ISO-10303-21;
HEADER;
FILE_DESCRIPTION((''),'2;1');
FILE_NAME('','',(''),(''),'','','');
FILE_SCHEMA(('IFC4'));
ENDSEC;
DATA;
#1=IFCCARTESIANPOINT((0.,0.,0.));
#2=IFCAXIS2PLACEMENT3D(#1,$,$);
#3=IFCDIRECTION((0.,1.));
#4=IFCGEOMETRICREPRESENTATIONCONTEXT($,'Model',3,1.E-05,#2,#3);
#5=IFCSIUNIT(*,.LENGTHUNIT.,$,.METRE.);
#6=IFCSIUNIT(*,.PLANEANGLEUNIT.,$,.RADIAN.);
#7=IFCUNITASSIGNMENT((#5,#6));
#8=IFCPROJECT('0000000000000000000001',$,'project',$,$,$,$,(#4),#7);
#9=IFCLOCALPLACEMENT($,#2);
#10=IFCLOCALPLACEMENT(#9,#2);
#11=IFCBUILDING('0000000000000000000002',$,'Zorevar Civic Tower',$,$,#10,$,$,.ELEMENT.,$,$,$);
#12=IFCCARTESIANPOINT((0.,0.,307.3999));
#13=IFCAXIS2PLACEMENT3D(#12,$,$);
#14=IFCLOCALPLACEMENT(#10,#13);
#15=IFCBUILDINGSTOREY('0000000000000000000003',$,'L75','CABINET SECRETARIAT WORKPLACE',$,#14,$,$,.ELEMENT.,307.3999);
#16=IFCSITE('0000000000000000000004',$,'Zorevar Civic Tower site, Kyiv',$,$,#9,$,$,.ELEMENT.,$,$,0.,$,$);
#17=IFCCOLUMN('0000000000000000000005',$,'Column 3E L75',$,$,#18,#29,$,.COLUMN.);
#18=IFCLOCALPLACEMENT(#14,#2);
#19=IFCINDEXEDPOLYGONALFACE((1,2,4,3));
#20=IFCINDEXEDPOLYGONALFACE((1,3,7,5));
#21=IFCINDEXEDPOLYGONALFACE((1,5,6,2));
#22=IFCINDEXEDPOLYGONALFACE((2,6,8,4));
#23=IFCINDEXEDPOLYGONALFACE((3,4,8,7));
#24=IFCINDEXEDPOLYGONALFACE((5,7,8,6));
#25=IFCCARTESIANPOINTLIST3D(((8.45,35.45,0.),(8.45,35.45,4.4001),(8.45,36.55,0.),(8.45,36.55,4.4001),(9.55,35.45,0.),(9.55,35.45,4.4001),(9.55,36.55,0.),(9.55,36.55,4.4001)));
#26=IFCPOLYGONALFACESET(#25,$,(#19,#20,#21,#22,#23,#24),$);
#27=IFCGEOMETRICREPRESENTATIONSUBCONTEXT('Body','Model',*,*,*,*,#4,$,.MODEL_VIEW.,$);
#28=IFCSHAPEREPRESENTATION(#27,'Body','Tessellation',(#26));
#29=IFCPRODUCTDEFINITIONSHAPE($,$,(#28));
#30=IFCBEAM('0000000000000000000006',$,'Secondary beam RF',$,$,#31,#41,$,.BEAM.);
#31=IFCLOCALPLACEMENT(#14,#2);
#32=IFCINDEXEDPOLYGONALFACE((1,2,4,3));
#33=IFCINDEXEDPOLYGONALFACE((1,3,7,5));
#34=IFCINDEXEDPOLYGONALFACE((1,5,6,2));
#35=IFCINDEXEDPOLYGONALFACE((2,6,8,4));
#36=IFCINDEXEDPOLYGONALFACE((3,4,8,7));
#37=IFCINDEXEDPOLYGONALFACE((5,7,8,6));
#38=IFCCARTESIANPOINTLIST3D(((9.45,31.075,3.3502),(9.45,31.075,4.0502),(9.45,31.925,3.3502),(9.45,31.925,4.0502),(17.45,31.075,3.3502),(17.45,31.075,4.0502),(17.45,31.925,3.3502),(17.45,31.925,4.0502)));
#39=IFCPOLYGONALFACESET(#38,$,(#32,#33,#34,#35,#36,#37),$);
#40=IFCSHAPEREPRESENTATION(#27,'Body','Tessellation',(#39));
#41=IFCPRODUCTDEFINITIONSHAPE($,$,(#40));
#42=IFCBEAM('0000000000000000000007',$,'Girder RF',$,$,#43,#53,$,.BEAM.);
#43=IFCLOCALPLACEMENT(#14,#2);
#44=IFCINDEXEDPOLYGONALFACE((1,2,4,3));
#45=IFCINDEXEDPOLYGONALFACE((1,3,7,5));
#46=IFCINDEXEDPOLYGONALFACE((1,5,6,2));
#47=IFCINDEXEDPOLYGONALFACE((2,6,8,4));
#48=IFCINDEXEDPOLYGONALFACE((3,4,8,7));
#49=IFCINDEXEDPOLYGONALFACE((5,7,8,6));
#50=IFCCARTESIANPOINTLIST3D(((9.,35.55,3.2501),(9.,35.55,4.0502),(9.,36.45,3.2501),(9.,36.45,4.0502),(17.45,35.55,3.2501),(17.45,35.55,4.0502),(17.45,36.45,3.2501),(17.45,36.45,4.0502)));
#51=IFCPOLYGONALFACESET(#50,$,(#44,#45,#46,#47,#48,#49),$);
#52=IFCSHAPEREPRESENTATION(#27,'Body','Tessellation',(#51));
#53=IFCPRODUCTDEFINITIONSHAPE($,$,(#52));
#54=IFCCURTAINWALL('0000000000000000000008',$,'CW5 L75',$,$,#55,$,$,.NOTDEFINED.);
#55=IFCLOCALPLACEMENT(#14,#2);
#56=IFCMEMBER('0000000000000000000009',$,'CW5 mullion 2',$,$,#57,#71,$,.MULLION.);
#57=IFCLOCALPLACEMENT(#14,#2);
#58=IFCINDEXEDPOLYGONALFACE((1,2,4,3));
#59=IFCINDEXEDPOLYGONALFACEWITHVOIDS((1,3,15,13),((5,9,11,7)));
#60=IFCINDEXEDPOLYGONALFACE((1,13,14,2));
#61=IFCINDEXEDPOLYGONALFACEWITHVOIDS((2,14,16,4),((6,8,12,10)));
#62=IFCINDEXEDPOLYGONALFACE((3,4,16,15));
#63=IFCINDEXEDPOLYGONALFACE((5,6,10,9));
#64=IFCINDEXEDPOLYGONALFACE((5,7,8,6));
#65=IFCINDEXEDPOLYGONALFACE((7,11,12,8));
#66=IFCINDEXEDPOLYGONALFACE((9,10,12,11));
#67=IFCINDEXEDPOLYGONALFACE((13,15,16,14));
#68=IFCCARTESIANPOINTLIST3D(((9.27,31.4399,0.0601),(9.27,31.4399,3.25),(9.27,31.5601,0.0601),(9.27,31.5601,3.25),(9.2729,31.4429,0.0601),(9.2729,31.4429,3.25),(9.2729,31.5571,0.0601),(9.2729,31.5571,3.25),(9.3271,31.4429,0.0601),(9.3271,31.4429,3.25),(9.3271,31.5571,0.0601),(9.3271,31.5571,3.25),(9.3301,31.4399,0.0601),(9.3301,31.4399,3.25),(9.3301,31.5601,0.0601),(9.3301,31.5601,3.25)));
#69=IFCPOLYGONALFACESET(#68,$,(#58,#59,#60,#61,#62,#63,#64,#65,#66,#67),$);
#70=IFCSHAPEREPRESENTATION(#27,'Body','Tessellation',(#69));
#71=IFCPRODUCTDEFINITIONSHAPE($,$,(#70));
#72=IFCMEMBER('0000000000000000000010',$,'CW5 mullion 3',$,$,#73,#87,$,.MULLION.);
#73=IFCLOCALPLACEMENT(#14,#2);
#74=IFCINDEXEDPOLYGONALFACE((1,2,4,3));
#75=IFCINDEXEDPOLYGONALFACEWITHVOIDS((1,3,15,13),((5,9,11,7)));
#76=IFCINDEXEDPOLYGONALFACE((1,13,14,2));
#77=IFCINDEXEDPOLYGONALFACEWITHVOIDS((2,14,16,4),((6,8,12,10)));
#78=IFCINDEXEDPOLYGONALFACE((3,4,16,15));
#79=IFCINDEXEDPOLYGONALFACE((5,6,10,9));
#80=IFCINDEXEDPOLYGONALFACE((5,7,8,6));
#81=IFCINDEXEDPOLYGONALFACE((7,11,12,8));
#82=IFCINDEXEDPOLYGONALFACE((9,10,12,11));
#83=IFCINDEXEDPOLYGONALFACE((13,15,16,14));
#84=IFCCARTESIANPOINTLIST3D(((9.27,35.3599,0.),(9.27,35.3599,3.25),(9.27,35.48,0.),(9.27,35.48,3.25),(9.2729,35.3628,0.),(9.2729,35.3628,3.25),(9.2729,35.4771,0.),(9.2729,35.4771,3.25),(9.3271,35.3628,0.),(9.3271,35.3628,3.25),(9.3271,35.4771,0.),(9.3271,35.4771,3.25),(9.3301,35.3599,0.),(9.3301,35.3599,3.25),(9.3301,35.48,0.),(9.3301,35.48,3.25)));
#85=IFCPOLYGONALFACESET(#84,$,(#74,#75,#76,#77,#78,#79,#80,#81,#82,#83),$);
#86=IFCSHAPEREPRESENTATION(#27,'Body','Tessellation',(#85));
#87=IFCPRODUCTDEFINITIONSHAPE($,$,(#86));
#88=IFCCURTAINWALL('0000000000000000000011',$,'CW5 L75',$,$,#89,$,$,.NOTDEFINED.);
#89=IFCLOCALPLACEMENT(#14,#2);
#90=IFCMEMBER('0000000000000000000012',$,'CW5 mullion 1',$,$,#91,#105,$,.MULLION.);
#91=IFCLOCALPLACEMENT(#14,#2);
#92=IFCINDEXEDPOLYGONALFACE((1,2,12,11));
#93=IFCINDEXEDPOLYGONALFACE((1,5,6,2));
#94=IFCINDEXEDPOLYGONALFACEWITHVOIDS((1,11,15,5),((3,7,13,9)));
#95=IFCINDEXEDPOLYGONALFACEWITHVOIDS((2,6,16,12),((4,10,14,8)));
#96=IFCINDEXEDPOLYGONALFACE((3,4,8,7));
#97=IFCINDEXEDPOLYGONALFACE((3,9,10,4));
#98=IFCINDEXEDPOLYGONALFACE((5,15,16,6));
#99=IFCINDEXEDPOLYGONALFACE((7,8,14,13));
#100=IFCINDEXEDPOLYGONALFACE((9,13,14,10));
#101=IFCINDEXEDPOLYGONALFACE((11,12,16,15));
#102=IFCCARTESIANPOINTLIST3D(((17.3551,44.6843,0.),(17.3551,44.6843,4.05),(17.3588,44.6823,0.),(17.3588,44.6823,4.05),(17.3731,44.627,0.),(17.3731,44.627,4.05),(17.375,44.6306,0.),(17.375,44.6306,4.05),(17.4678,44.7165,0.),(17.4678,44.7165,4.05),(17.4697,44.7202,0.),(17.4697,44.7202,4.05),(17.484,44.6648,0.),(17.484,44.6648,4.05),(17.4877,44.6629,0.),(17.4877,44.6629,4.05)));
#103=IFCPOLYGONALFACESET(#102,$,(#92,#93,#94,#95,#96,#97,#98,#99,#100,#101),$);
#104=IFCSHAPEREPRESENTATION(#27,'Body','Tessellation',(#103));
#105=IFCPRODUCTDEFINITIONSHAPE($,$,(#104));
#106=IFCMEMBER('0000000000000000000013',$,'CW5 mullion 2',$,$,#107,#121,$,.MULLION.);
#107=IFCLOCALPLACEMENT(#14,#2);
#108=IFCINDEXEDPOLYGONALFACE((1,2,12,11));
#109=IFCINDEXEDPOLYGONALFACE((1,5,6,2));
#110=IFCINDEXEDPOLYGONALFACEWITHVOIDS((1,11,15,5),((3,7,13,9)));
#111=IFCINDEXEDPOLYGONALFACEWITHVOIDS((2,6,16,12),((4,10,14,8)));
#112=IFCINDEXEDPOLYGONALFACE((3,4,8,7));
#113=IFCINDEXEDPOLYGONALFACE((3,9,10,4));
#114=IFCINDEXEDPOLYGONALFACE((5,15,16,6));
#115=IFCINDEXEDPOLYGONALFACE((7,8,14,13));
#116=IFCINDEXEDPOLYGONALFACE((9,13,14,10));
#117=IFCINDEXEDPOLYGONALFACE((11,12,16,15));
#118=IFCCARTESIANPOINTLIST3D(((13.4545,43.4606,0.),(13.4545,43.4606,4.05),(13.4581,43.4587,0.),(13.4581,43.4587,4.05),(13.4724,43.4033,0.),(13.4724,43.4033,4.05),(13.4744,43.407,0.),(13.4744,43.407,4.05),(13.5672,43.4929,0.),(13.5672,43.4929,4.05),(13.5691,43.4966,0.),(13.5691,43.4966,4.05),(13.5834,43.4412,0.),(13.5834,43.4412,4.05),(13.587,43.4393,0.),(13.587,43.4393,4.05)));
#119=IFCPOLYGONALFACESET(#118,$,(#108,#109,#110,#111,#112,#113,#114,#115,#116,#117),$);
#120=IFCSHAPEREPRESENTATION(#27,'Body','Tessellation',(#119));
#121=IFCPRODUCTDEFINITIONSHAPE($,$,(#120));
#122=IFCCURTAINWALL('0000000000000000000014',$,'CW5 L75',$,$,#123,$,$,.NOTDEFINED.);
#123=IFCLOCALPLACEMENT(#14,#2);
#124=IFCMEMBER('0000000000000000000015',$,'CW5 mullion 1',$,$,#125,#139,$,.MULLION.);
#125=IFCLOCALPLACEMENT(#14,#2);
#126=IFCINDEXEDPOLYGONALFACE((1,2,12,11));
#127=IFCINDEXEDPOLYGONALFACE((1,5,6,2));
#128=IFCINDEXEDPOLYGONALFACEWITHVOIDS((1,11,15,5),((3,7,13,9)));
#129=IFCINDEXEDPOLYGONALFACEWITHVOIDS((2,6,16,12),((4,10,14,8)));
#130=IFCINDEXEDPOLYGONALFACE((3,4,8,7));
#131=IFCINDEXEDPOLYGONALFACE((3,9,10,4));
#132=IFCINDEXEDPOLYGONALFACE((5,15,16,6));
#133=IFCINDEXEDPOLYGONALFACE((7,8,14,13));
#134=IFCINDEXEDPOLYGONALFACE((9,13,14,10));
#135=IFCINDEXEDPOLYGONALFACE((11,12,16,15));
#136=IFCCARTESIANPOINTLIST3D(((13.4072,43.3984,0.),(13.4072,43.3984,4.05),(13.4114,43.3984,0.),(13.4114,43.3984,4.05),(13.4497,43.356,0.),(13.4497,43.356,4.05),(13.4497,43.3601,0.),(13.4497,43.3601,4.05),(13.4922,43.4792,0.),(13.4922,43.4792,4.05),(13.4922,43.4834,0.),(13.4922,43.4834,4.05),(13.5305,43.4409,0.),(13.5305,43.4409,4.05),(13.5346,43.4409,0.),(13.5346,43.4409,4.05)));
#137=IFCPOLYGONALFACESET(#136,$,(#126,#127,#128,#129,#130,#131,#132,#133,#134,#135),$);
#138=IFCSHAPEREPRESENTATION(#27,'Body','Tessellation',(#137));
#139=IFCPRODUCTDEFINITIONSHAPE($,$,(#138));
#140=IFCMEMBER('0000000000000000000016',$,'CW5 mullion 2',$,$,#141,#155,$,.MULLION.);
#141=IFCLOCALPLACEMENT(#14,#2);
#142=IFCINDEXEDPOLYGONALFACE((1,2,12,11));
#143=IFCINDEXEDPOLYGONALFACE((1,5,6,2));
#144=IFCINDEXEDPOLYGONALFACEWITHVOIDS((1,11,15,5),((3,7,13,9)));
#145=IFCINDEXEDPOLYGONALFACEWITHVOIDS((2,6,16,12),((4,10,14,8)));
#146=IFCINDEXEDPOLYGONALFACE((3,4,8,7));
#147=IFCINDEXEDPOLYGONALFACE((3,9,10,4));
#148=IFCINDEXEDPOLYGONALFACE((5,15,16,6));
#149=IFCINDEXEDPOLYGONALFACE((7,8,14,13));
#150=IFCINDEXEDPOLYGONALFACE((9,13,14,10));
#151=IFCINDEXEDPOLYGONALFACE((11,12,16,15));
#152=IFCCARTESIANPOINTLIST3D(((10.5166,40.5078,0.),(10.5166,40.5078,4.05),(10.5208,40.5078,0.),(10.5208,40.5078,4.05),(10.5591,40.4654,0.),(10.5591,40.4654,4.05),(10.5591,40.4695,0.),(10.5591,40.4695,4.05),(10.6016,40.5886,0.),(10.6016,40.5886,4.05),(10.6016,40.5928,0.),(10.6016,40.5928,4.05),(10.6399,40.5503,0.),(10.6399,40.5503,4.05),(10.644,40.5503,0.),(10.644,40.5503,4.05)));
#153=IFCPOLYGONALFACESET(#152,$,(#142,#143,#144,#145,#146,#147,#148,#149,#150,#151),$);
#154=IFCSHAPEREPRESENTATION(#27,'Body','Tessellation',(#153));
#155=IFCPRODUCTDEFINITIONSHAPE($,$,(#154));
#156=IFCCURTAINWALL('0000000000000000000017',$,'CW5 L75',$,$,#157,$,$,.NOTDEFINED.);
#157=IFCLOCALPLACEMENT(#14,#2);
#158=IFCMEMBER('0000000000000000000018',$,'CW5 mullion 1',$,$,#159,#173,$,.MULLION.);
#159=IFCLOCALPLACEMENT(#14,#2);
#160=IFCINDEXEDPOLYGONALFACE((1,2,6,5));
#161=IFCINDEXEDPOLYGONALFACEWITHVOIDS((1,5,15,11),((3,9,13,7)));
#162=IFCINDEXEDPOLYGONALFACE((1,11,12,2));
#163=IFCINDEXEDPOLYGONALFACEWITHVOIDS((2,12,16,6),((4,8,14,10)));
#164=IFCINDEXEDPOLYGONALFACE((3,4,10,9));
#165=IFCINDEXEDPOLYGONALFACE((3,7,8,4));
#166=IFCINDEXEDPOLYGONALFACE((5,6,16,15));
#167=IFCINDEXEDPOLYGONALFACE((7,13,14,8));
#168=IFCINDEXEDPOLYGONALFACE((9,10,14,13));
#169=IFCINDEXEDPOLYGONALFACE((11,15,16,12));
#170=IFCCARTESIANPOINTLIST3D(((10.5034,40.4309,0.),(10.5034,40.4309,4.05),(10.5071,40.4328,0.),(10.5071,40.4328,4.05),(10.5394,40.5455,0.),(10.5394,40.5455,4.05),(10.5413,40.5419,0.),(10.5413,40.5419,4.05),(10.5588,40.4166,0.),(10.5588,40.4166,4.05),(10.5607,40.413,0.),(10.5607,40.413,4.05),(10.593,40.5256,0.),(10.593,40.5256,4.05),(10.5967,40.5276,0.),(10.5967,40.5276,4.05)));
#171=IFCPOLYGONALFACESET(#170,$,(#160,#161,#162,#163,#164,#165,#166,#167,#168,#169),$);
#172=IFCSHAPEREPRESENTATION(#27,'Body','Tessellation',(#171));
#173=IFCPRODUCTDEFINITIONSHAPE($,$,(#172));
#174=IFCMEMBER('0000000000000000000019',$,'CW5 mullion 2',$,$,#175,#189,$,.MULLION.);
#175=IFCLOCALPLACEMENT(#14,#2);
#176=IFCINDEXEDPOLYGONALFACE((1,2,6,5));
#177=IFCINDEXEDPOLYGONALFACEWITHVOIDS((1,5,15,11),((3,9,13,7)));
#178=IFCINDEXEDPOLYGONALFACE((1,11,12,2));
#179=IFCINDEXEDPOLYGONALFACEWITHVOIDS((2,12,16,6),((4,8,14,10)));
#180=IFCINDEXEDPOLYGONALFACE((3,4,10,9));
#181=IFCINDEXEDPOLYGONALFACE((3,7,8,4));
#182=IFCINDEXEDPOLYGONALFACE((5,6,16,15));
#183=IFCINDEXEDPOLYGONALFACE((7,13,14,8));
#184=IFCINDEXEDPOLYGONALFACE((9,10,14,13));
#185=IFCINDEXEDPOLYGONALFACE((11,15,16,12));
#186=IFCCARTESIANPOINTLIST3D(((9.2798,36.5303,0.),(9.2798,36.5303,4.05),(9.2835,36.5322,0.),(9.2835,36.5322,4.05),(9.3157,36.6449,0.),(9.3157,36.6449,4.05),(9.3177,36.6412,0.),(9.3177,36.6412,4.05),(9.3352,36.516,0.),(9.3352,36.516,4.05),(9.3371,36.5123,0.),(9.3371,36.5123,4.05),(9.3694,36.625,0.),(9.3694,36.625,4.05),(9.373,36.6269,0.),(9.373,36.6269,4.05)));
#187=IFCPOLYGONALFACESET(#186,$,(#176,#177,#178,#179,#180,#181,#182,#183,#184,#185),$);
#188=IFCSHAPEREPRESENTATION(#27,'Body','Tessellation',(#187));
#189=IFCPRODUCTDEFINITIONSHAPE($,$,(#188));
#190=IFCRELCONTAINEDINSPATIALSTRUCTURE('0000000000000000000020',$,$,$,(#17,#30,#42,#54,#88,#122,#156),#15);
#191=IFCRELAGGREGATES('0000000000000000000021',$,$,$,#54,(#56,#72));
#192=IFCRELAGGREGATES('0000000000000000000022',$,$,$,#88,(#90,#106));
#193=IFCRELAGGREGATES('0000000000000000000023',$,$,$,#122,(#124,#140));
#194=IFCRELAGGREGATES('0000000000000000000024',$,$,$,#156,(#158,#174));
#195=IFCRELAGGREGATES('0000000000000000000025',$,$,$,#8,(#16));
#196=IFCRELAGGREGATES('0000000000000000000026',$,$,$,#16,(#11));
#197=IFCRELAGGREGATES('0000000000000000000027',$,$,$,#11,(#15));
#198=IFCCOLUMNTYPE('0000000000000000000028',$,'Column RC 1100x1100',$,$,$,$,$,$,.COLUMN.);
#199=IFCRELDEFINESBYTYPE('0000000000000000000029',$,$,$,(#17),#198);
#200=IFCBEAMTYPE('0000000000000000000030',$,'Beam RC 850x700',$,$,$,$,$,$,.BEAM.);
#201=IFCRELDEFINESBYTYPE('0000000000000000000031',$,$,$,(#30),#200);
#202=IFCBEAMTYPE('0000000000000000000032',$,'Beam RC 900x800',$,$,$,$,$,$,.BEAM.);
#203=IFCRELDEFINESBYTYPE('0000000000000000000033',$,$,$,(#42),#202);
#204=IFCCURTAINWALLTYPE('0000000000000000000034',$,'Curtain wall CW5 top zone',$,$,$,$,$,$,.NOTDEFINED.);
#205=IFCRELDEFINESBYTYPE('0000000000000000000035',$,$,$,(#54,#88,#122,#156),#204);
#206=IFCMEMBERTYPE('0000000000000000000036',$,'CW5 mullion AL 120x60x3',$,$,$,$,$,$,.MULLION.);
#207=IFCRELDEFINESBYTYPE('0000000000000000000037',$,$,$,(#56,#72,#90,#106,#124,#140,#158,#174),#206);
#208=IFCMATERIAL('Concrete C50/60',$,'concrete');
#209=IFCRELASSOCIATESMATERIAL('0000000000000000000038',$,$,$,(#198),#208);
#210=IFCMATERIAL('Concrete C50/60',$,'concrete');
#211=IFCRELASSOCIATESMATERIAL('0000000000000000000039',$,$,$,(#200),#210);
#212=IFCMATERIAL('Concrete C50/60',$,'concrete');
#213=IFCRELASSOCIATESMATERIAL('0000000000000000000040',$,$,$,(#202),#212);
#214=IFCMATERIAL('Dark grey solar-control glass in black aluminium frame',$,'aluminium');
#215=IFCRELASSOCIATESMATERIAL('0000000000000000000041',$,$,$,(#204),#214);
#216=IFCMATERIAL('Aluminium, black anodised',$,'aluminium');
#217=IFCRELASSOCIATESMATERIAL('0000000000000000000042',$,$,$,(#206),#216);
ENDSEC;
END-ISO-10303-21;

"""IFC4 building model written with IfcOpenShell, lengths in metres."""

from ifc_helpers import new_model, si_unit, direction, frame, origin, origin_2d, place, context, subcontext, project, spatial, rectangle, hollow_rectangle, extrude, material, material_profile, profile_set, type_object, element, aggregate, save


model = new_model("IFC4")

# Units and contexts
model_context = context("Model", 3, precision=1e-05, world=origin(), true_north=direction((0.0, 1.0)))
body_context = subcontext(model_context, "Body", "Model", "MODEL_VIEW")
ifc_project = project(units=[si_unit("LENGTHUNIT", "METRE"), si_unit("PLANEANGLEUNIT", "RADIAN")], contexts=[model_context])

# Site, building, storey
site_placement = place(None, origin())
site = spatial("IfcSite", under=ifc_project, at=site_placement, Name="Zorevar Civic Tower site, Kyiv", CompositionType="ELEMENT", RefElevation=0.0)
building_placement = place(site_placement, origin())
building = spatial("IfcBuilding", under=site, at=building_placement, Name="Zorevar Civic Tower", CompositionType="ELEMENT")
storey_placement = place(building_placement, frame((0.0, 0.0, 307.3999)))
storey = spatial("IfcBuildingStorey", under=building, at=storey_placement, Name="L75", Description="CABINET SECRETARIAT WORKPLACE", CompositionType="ELEMENT", Elevation=307.3999)

# Column
ifc_material_1 = material(Name="Concrete C50/60", Category="concrete")
ifc_material_profile_1 = material_profile(ifc_material_1, rectangle(XDim=1.1001, YDim=1.1001, at=origin_2d()), Name="RC 1100x1100")
ifc_profile_set_1 = profile_set([ifc_material_profile_1], Name="Concrete C50/60")
column_type = type_object("IfcColumnType", Name="Column RC 1100x1100", PredefinedType="COLUMN", material=ifc_profile_set_1)
column_placement = place(storey_placement, frame((9.0, 36.0, 0.0), z_axis=(0.0, 0.0, 1.0), x_axis=(1.0, 0.0, 0.0)))
element("IfcColumn", 1, at=column_placement, inside=storey, type_object=column_type, Name="Column 3E L75", PredefinedType="COLUMN", context=body_context, shape_type="SweptSolid", body=[
    extrude(rectangle(XDim=1.1001, YDim=1.1001, at=origin_2d()), origin(), (0.0, 0.0, 1.0), 4.4001),
])

# Beams
ifc_material_2 = material(Name="Concrete C50/60", Category="concrete")
ifc_material_profile_2 = material_profile(ifc_material_2, rectangle(XDim=0.8501, YDim=0.7, at=origin_2d()), Name="RC 850x700")
ifc_profile_set_2 = profile_set([ifc_material_profile_2], Name="Concrete C50/60")
beam_type_1 = type_object("IfcBeamType", Name="Beam RC 850x700", PredefinedType="BEAM", material=ifc_profile_set_2)
beam_1_placement = place(storey_placement, frame((9.45, 31.5, 3.7002), z_axis=(1.0, 0.0, 0.0), x_axis=(0.0, 1.0, 0.0)))
element("IfcBeam", 2, at=beam_1_placement, inside=storey, type_object=beam_type_1, Name="Secondary beam RF", PredefinedType="BEAM", context=body_context, shape_type="SweptSolid", body=[
    extrude(rectangle(XDim=0.8501, YDim=0.7, at=origin_2d()), origin(), (0.0, 0.0, 1.0), 8.0),
])
ifc_material_3 = material(Name="Concrete C50/60", Category="concrete")
ifc_material_profile_3 = material_profile(ifc_material_3, rectangle(XDim=0.8999, YDim=0.8, at=origin_2d()), Name="RC 900x800")
ifc_profile_set_3 = profile_set([ifc_material_profile_3], Name="Concrete C50/60")
beam_type_2 = type_object("IfcBeamType", Name="Beam RC 900x800", PredefinedType="BEAM", material=ifc_profile_set_3)
beam_2_placement = place(storey_placement, frame((9.0, 36.0, 3.6501), z_axis=(1.0, 0.0, 0.0), x_axis=(0.0, 1.0, 0.0)))
element("IfcBeam", 3, at=beam_2_placement, inside=storey, type_object=beam_type_2, Name="Girder RF", PredefinedType="BEAM", context=body_context, shape_type="SweptSolid", body=[
    extrude(rectangle(XDim=0.8999, YDim=0.8, at=origin_2d()), origin(), (0.0, 0.0, 1.0), 8.45),
])

# Curtain walls, members
ifc_material_4 = material(Name="Dark grey solar-control glass in black aluminium frame", Category="aluminium")
curtain_wall_type = type_object("IfcCurtainWallType", Name="Curtain wall CW5 top zone", PredefinedType="NOTDEFINED", material=ifc_material_4)
curtain_wall_1_placement = place(storey_placement, origin())
curtain_wall_1 = element("IfcCurtainWall", 4, at=curtain_wall_1_placement, inside=storey, type_object=curtain_wall_type, Name="CW5 L75", PredefinedType="NOTDEFINED")
ifc_material_5 = material(Name="Aluminium, black anodised", Category="aluminium")
ifc_material_profile_4 = material_profile(ifc_material_5, hollow_rectangle(XDim=0.0601, YDim=0.1201, WallThickness=0.0029, at=origin_2d()), Name="AL 120x60x3")
ifc_profile_set_4 = profile_set([ifc_material_profile_4], Name="Aluminium, black anodised")
member_type_1 = type_object("IfcMemberType", Name="CW5 mullion AL 120x60x3", PredefinedType="MULLION", material=ifc_profile_set_4)
member_1_placement = place(storey_placement, frame((9.3, 31.5, 0.0601), z_axis=(0.0, 0.0, 1.0), x_axis=(-1.0, 0.0, 0.0)))
member_1 = element("IfcMember", 5, at=member_1_placement, type_object=member_type_1, Name="CW5 mullion 2", PredefinedType="MULLION", context=body_context, shape_type="SweptSolid", body=[
    extrude(hollow_rectangle(XDim=0.0601, YDim=0.1201, WallThickness=0.0029, at=origin_2d()), origin(), (0.0, 0.0, 1.0), 3.1899),
])
member_2_placement = place(storey_placement, frame((9.3, 35.4199, 0.0), z_axis=(0.0, 0.0, 1.0), x_axis=(-1.0, 0.0, 0.0)))
member_2 = element("IfcMember", 6, at=member_2_placement, type_object=member_type_1, Name="CW5 mullion 3", PredefinedType="MULLION", context=body_context, shape_type="SweptSolid", body=[
    extrude(hollow_rectangle(XDim=0.0601, YDim=0.1201, WallThickness=0.0029, at=origin_2d()), origin(), (0.0, 0.0, 1.0), 3.25),
])
curtain_wall_2_placement = place(storey_placement, origin())
curtain_wall_2 = element("IfcCurtainWall", 7, at=curtain_wall_2_placement, inside=storey, type_object=curtain_wall_type, Name="CW5 L75", PredefinedType="NOTDEFINED")
member_3_placement = place(storey_placement, frame((17.4214, 44.6736, 0.0), z_axis=(0.0, 0.0, 1.0), x_axis=(0.299318, -0.954153, 0.0)))
member_3 = element("IfcMember", 8, at=member_3_placement, type_object=member_type_1, Name="CW5 mullion 1", PredefinedType="MULLION", context=body_context, shape_type="SweptSolid", body=[
    extrude(hollow_rectangle(XDim=0.0601, YDim=0.1201, WallThickness=0.0029, at=origin_2d()), origin(), (0.0, 0.0, 1.0), 4.05),
])
member_4_placement = place(storey_placement, frame((13.5208, 43.45, 0.0), z_axis=(0.0, 0.0, 1.0), x_axis=(0.299318, -0.954153, 0.0)))
member_4 = element("IfcMember", 9, at=member_4_placement, type_object=member_type_1, Name="CW5 mullion 2", PredefinedType="MULLION", context=body_context, shape_type="SweptSolid", body=[
    extrude(hollow_rectangle(XDim=0.0601, YDim=0.1201, WallThickness=0.0029, at=origin_2d()), origin(), (0.0, 0.0, 1.0), 4.05),
])
curtain_wall_3_placement = place(storey_placement, origin())
curtain_wall_3 = element("IfcCurtainWall", 10, at=curtain_wall_3_placement, inside=storey, type_object=curtain_wall_type, Name="CW5 L75", PredefinedType="NOTDEFINED")
member_5_placement = place(storey_placement, frame((13.4709, 43.4197, 0.0), z_axis=(0.0, 0.0, 1.0), x_axis=(0.707107, -0.707107, 0.0)))
member_5 = element("IfcMember", 11, at=member_5_placement, type_object=member_type_1, Name="CW5 mullion 1", PredefinedType="MULLION", context=body_context, shape_type="SweptSolid", body=[
    extrude(hollow_rectangle(XDim=0.0601, YDim=0.1201, WallThickness=0.0029, at=origin_2d()), origin(), (0.0, 0.0, 1.0), 4.05),
])
member_6_placement = place(storey_placement, frame((10.5803, 40.5291, 0.0), z_axis=(0.0, 0.0, 1.0), x_axis=(0.707107, -0.707107, 0.0)))
member_6 = element("IfcMember", 12, at=member_6_placement, type_object=member_type_1, Name="CW5 mullion 2", PredefinedType="MULLION", context=body_context, shape_type="SweptSolid", body=[
    extrude(hollow_rectangle(XDim=0.0601, YDim=0.1201, WallThickness=0.0029, at=origin_2d()), origin(), (0.0, 0.0, 1.0), 4.05),
])
curtain_wall_4_placement = place(storey_placement, origin())
curtain_wall_4 = element("IfcCurtainWall", 13, at=curtain_wall_4_placement, inside=storey, type_object=curtain_wall_type, Name="CW5 L75", PredefinedType="NOTDEFINED")
member_7_placement = place(storey_placement, frame((10.55, 40.4792, 0.0), z_axis=(0.0, 0.0, 1.0), x_axis=(0.954153, -0.299318, 0.0)))
member_7 = element("IfcMember", 14, at=member_7_placement, type_object=member_type_1, Name="CW5 mullion 1", PredefinedType="MULLION", context=body_context, shape_type="SweptSolid", body=[
    extrude(hollow_rectangle(XDim=0.0601, YDim=0.1201, WallThickness=0.0029, at=origin_2d()), origin(), (0.0, 0.0, 1.0), 4.05),
])
member_8_placement = place(storey_placement, frame((9.3264, 36.5786, 0.0), z_axis=(0.0, 0.0, 1.0), x_axis=(0.954153, -0.299318, 0.0)))
member_8 = element("IfcMember", 15, at=member_8_placement, type_object=member_type_1, Name="CW5 mullion 2", PredefinedType="MULLION", context=body_context, shape_type="SweptSolid", body=[
    extrude(hollow_rectangle(XDim=0.0601, YDim=0.1201, WallThickness=0.0029, at=origin_2d()), origin(), (0.0, 0.0, 1.0), 4.05),
])

aggregate(curtain_wall_1, [member_1, member_2])
aggregate(curtain_wall_2, [member_3, member_4])
aggregate(curtain_wall_3, [member_5, member_6])
aggregate(curtain_wall_4, [member_7, member_8])

save(model, "model.ifc")
